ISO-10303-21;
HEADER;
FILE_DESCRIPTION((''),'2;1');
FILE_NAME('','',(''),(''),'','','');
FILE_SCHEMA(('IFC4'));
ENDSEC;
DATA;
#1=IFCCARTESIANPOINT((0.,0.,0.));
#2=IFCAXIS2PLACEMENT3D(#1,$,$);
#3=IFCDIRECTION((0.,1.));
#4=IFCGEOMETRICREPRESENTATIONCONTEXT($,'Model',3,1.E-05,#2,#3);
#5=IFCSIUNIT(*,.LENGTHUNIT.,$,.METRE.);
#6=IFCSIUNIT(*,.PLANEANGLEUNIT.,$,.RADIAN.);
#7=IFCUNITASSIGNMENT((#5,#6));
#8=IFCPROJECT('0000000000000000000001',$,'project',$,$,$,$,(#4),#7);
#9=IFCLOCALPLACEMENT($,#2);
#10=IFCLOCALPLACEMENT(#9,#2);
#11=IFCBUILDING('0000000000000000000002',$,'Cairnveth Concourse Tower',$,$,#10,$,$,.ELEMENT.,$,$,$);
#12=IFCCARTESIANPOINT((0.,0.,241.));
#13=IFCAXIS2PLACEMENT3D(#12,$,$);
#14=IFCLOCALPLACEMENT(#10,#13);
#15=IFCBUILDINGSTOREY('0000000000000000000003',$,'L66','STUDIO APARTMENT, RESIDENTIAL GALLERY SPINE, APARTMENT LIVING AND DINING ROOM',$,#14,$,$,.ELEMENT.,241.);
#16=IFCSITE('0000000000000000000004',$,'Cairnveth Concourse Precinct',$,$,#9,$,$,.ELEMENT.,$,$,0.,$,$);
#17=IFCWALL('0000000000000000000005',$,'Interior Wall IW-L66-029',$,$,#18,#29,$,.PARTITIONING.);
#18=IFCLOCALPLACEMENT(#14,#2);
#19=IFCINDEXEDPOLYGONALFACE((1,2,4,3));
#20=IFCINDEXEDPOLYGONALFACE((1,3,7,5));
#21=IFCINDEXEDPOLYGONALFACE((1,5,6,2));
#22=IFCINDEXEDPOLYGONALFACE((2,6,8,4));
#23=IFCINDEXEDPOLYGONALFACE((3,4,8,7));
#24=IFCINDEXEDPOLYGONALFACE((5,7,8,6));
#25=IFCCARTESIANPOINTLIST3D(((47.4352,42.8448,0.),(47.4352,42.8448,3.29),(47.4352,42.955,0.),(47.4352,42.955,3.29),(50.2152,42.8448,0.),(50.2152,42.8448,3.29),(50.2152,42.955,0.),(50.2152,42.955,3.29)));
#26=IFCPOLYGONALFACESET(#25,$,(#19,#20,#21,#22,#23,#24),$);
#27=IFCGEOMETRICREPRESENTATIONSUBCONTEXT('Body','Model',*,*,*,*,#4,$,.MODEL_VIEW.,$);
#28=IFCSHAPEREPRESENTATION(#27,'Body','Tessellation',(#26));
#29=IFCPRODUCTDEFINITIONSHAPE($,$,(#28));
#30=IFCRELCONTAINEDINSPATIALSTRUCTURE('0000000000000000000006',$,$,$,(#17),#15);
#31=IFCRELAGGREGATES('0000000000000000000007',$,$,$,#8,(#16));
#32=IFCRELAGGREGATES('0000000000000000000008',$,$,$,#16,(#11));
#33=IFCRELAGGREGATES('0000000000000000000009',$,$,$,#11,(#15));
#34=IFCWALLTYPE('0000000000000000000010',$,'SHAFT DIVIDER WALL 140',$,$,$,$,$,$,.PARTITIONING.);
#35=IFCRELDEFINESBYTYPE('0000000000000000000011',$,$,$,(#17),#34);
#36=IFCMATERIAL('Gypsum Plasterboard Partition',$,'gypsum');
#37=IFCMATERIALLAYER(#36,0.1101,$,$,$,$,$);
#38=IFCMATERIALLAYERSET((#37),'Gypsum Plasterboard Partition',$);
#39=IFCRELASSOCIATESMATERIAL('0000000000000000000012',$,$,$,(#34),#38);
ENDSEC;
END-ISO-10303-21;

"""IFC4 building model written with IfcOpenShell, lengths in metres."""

from ifc_helpers import new_model, si_unit, direction, frame, frame_2d, origin, place, context, subcontext, project, spatial, rectangle, extrude, material, layer, layer_set, type_object, element, save


model = new_model("IFC4")

# Units and contexts
model_context = context("Model", 3, precision=1e-05, world=origin(), true_north=direction((0.0, 1.0)))
body_context = subcontext(model_context, "Body", "Model", "MODEL_VIEW")
ifc_project = project(units=[si_unit("LENGTHUNIT", "METRE"), si_unit("PLANEANGLEUNIT", "RADIAN")], contexts=[model_context])

# Site, building, storey
site_placement = place(None, origin())
site = spatial("IfcSite", under=ifc_project, at=site_placement, Name="Cairnveth Concourse Precinct", CompositionType="ELEMENT", RefElevation=0.0)
building_placement = place(site_placement, origin())
building = spatial("IfcBuilding", under=site, at=building_placement, Name="Cairnveth Concourse Tower", CompositionType="ELEMENT")
storey_placement = place(building_placement, frame((0.0, 0.0, 241.0)))
storey = spatial("IfcBuildingStorey", under=building, at=storey_placement, Name="L66", Description="STUDIO APARTMENT, RESIDENTIAL GALLERY SPINE, APARTMENT LIVING AND DINING ROOM", CompositionType="ELEMENT", Elevation=241.0)

# Wall
ifc_material_1 = material(Name="Gypsum Plasterboard Partition", Category="gypsum")
ifc_layer_1 = layer(ifc_material_1, 0.1101)
ifc_layer_set_1 = layer_set([ifc_layer_1], Name="Gypsum Plasterboard Partition")
wall_type_1 = type_object("IfcWallType", Name="SHAFT DIVIDER WALL 140", PredefinedType="PARTITIONING", material=ifc_layer_set_1)
wall_1_placement = place(storey_placement, frame((47.4351, 42.8999, 0.0), z_axis=(0.0, 0.0, 1.0), x_axis=(1.0, 0.0, 0.0)))
element("IfcWall", 1, at=wall_1_placement, inside=storey, type_object=wall_type_1, Name="Interior Wall IW-L66-029", PredefinedType="PARTITIONING", context=body_context, shape_type="SweptSolid", body=[
    extrude(rectangle(XDim=2.78, YDim=0.1101, at=frame_2d((1.3901, 0.0))), origin(), (0.0, 0.0, 1.0), 3.29),
])

save(model, "model.ifc")
